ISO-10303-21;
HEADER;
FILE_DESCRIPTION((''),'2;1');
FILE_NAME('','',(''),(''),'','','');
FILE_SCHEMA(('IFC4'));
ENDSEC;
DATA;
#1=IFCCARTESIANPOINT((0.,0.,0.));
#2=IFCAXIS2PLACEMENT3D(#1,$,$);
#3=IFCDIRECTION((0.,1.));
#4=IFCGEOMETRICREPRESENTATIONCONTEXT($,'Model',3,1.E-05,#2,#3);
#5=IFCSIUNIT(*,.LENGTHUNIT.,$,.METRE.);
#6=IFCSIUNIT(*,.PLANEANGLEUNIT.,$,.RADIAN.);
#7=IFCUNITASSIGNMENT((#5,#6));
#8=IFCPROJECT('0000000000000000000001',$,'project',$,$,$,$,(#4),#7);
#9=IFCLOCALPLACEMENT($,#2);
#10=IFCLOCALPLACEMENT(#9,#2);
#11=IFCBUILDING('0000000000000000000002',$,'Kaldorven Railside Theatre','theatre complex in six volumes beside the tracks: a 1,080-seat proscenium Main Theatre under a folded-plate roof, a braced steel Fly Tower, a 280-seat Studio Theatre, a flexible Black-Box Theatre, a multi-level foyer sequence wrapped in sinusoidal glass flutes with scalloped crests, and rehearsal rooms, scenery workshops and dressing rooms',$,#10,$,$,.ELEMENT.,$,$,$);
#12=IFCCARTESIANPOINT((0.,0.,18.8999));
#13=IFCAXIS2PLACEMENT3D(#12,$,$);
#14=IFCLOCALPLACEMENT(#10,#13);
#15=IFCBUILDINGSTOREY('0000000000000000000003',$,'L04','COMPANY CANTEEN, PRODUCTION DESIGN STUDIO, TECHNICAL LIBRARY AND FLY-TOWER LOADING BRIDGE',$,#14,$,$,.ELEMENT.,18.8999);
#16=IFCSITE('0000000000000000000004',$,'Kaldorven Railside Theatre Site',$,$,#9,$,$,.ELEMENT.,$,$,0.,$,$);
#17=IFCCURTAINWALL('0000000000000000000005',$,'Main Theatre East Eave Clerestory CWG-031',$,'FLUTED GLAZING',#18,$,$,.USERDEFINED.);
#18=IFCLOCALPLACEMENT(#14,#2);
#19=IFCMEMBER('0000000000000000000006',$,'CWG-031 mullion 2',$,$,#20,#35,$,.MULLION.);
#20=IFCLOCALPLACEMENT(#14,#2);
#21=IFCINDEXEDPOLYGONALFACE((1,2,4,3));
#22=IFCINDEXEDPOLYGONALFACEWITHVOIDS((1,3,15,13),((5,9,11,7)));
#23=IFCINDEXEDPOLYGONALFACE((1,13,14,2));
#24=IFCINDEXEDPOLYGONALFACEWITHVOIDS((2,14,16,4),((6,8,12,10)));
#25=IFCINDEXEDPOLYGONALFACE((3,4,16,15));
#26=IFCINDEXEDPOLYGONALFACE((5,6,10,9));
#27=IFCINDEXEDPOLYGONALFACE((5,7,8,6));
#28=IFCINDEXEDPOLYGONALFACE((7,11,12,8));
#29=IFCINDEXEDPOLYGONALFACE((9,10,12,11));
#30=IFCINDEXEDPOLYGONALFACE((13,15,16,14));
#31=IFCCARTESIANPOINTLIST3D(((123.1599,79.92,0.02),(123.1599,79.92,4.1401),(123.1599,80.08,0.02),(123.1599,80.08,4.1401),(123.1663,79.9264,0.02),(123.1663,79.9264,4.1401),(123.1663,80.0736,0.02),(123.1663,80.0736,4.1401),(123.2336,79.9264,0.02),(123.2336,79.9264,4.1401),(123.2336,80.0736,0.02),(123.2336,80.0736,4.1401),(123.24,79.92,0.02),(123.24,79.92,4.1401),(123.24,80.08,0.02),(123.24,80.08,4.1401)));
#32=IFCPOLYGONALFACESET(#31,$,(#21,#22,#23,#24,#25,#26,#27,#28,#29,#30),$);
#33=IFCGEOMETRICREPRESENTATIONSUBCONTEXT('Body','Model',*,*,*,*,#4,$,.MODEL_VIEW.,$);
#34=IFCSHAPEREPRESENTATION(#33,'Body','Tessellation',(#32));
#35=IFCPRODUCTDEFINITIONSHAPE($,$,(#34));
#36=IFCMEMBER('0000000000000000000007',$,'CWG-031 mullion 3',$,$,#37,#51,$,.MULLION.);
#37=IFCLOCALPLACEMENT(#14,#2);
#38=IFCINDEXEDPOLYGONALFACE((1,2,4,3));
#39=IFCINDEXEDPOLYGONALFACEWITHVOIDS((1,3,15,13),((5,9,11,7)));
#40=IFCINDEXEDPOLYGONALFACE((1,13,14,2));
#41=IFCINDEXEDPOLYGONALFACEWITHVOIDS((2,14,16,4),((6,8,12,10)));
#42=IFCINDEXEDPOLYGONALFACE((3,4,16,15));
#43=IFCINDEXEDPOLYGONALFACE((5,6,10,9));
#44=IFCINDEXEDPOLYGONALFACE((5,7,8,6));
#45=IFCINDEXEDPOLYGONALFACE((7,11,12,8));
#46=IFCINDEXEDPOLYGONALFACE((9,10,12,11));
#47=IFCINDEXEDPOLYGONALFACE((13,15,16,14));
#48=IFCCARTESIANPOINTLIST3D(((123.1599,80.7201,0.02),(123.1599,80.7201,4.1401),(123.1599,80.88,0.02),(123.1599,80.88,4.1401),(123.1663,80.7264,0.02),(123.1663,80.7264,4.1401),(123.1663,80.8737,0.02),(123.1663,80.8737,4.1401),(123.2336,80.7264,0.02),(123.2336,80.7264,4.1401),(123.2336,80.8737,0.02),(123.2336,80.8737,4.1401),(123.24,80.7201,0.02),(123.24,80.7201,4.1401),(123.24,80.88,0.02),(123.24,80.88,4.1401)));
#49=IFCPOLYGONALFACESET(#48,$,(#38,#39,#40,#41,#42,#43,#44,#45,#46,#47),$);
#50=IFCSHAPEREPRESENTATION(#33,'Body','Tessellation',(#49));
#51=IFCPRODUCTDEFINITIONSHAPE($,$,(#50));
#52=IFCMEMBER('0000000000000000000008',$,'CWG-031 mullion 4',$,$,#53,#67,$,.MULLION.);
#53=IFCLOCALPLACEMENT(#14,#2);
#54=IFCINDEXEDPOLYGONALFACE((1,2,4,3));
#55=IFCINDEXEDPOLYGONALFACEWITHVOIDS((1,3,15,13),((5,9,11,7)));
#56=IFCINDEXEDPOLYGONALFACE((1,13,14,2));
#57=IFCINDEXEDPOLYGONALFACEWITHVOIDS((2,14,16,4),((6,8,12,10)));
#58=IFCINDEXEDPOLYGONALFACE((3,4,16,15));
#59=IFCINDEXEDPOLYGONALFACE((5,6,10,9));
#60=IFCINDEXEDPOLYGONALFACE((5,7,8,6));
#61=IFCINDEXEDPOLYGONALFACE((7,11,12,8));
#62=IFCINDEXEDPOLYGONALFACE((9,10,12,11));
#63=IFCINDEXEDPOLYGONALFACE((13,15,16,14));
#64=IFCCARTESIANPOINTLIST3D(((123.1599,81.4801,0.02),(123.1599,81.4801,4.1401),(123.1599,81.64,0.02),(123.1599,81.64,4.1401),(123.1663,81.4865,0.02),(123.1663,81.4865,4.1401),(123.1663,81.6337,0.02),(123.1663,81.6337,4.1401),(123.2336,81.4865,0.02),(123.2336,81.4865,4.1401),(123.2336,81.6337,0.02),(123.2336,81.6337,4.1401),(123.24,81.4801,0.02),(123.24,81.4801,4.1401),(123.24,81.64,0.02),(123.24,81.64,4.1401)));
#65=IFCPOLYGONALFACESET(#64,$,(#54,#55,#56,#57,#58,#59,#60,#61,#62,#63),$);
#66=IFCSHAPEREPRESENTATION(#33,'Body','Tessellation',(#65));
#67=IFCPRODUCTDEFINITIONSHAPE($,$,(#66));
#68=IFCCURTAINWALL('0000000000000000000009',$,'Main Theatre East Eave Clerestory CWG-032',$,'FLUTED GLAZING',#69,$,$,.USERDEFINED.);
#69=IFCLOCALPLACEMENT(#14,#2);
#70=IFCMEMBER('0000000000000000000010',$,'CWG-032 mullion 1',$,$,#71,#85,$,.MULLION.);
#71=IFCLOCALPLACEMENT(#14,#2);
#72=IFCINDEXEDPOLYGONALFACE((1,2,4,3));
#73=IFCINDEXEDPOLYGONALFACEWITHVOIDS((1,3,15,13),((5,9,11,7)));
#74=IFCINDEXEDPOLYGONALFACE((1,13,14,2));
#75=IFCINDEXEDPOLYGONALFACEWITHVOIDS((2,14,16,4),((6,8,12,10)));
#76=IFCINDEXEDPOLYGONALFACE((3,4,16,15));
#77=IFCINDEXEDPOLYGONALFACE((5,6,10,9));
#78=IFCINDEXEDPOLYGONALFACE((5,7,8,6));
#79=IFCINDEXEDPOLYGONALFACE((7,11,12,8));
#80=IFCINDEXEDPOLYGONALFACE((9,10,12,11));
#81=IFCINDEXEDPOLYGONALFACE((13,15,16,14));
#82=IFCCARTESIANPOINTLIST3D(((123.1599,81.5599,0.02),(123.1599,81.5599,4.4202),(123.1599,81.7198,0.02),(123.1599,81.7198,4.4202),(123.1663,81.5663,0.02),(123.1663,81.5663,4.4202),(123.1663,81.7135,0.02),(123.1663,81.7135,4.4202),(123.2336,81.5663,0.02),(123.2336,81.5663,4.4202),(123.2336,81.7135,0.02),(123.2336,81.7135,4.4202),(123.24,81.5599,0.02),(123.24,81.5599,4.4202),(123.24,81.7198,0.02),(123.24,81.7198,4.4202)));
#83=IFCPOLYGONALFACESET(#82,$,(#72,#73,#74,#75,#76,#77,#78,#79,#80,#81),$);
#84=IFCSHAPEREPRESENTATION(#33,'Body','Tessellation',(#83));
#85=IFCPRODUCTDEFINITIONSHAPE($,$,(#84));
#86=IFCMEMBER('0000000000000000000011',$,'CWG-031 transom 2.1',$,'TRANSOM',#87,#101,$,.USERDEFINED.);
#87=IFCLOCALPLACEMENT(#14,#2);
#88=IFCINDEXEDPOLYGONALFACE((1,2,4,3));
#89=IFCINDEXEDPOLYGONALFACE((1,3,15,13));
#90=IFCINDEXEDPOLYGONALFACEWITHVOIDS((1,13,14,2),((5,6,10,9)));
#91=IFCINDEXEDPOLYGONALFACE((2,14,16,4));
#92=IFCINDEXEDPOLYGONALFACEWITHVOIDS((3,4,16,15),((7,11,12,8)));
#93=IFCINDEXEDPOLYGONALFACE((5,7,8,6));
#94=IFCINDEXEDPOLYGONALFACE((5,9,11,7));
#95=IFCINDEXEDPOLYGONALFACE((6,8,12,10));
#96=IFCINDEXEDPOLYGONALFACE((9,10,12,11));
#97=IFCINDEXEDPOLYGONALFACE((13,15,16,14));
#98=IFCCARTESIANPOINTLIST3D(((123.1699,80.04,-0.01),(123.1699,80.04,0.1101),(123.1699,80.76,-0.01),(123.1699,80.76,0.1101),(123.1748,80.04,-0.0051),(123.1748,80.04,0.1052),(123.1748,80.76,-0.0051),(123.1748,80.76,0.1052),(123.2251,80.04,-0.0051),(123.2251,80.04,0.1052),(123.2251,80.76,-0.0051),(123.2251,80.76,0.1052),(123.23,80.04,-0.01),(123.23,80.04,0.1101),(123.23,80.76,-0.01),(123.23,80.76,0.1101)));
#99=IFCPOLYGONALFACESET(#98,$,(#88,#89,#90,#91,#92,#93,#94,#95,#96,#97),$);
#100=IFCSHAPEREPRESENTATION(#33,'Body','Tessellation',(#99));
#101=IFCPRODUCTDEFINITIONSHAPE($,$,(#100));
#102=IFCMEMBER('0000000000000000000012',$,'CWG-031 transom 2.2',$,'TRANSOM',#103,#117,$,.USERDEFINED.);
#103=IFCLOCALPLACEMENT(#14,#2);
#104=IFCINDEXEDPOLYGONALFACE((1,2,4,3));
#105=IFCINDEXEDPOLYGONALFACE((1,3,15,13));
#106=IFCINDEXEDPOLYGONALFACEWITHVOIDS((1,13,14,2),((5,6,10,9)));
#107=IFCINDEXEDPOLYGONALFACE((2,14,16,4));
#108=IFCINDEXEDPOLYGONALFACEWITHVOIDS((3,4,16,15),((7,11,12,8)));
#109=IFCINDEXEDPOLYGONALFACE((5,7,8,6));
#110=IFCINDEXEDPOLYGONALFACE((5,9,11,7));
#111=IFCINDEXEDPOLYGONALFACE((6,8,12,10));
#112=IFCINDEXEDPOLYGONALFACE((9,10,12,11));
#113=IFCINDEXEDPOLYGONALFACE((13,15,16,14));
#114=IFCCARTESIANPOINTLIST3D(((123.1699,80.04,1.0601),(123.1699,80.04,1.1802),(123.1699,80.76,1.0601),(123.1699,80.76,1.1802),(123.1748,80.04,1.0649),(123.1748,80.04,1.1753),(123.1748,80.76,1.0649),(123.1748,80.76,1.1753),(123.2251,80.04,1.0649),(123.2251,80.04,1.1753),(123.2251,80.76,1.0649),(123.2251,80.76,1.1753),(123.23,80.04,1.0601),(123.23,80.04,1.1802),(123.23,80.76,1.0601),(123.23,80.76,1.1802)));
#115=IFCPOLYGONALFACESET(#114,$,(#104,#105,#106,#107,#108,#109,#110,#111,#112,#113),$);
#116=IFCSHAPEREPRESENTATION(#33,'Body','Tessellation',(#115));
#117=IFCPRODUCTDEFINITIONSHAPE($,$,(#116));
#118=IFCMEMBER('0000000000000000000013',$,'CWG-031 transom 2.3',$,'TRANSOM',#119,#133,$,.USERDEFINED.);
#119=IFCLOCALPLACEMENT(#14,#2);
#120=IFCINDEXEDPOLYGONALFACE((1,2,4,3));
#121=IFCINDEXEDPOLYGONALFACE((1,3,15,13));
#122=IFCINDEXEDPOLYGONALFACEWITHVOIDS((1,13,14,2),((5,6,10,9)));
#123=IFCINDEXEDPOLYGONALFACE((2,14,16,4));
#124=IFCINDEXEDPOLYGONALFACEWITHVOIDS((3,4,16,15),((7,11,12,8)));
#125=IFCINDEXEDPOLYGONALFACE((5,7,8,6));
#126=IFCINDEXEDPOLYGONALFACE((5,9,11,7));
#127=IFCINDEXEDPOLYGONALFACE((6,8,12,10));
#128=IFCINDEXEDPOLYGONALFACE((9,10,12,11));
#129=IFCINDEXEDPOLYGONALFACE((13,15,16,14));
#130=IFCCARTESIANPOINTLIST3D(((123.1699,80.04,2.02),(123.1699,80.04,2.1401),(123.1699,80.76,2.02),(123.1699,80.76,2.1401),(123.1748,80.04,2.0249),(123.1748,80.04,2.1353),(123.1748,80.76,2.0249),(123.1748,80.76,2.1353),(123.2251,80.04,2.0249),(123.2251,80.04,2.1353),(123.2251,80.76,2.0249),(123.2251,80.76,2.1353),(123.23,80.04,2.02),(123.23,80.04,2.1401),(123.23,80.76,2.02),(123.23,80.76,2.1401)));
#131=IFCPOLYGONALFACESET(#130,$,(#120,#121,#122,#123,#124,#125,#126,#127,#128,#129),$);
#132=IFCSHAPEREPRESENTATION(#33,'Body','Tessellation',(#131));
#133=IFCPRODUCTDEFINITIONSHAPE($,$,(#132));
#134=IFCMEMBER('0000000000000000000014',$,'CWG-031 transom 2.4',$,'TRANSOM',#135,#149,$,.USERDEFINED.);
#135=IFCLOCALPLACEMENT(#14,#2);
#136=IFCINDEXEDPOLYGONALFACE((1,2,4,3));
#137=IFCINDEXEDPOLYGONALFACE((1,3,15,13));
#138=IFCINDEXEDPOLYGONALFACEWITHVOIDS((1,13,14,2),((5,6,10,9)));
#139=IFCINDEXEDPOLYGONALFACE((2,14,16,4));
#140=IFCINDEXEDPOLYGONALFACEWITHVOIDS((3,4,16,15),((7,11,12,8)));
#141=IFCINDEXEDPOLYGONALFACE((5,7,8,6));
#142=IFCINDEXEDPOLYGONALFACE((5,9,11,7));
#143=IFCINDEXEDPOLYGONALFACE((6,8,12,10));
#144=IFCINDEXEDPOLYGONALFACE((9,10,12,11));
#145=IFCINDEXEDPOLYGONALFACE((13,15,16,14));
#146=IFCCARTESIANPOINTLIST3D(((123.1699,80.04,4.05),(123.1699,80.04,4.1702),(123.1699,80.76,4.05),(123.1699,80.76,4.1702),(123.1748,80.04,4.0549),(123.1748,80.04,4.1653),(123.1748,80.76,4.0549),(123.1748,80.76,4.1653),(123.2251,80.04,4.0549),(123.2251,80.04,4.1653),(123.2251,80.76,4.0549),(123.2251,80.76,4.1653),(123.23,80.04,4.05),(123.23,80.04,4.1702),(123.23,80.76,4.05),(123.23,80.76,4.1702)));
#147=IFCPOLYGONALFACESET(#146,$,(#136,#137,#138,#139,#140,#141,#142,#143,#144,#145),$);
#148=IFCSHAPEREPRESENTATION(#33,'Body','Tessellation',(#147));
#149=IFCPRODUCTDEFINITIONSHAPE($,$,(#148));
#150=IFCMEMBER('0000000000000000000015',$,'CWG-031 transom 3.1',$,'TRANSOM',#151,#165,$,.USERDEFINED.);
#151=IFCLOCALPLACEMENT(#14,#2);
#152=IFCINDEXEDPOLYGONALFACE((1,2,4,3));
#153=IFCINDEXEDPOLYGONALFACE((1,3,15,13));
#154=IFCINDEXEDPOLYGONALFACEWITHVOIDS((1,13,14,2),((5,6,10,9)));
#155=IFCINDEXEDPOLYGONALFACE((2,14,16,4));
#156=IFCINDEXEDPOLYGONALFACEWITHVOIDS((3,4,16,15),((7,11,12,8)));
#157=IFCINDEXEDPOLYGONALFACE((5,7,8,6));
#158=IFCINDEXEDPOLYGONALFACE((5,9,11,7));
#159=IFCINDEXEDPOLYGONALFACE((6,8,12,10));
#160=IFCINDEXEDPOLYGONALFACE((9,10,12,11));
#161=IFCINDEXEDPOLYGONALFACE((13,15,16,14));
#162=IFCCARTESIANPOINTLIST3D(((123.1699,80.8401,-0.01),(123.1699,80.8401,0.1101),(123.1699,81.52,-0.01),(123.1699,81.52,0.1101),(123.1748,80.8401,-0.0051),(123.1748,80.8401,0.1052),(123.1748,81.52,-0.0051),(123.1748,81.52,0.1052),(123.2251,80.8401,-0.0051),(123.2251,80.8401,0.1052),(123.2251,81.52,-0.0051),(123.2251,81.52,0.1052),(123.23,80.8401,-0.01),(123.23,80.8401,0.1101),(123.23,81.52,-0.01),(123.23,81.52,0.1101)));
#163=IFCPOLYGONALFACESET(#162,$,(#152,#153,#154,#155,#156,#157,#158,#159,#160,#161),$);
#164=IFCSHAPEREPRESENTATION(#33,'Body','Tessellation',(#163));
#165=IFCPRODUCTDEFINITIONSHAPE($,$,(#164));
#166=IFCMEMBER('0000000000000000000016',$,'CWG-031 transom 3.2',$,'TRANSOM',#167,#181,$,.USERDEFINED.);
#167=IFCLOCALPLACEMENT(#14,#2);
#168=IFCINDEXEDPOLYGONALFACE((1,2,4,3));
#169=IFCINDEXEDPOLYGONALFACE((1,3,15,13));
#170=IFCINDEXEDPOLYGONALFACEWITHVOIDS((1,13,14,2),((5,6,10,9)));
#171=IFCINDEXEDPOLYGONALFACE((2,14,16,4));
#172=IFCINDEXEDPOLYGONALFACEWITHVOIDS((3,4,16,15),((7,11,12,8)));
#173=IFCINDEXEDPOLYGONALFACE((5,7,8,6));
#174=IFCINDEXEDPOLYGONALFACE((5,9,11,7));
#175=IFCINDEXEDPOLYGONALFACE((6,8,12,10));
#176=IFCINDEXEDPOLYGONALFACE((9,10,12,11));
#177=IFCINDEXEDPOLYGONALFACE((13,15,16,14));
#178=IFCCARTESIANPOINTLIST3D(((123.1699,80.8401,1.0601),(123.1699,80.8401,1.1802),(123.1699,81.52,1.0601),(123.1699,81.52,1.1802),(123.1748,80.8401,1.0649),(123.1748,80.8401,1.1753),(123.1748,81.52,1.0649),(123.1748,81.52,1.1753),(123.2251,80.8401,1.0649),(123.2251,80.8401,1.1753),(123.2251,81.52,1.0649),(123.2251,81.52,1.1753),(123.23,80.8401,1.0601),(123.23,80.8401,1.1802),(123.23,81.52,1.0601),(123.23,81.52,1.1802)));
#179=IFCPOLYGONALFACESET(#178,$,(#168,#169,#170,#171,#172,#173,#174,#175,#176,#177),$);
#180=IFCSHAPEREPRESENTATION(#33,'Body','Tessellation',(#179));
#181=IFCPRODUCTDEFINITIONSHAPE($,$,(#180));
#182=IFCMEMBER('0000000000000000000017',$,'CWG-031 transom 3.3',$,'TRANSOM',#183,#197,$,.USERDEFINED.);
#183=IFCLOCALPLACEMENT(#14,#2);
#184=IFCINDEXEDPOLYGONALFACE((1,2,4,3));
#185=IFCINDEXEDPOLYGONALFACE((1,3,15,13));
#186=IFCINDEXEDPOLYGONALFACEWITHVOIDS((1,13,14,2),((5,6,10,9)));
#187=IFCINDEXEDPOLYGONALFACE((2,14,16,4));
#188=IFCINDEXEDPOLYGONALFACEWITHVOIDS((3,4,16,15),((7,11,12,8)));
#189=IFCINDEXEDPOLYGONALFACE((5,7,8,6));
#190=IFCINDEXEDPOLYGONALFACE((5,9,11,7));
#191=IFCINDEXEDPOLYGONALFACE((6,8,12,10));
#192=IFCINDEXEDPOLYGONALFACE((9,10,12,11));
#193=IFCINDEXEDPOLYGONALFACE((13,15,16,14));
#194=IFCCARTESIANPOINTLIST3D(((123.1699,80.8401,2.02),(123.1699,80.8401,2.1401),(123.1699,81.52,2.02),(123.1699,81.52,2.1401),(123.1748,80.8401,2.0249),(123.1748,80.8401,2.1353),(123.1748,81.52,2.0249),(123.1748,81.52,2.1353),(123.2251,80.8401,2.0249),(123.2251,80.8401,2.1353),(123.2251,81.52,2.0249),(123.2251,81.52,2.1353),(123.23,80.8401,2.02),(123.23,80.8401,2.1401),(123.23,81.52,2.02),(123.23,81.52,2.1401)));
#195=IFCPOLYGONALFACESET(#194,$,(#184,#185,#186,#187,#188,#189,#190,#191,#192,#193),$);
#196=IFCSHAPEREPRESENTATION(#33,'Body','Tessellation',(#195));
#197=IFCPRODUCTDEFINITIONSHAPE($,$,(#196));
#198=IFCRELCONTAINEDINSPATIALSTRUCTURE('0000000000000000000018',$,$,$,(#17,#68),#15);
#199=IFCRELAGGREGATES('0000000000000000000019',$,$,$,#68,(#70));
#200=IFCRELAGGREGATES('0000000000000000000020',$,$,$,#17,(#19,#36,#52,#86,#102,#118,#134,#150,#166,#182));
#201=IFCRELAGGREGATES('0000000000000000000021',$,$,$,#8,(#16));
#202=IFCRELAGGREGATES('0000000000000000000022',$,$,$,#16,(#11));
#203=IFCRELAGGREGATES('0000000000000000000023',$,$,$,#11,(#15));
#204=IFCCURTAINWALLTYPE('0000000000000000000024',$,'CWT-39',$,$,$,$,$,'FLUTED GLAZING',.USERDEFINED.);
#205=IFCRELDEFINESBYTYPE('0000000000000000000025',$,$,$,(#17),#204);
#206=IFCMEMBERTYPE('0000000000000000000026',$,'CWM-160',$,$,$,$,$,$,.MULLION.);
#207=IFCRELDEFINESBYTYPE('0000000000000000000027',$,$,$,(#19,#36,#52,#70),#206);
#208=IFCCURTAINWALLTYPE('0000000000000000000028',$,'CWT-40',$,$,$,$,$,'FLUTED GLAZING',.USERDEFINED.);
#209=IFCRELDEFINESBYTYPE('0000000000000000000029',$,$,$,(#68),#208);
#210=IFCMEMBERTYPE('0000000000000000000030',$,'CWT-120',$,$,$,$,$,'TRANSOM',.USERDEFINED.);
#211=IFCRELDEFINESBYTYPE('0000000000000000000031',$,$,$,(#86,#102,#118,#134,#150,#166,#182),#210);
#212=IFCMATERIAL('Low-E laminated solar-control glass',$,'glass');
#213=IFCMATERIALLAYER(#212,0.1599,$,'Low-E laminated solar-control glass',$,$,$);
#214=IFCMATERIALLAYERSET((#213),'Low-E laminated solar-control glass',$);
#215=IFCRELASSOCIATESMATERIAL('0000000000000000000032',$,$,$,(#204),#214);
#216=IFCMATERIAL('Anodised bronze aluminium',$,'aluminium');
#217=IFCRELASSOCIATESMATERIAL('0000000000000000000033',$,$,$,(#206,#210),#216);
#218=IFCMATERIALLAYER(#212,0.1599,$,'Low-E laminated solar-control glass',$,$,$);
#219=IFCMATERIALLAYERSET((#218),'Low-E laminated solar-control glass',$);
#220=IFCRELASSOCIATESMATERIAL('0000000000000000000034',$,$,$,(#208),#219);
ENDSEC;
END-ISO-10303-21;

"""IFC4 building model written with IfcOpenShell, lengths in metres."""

from ifc_helpers import new_model, si_unit, direction, frame, origin, origin_2d, place, context, subcontext, project, spatial, hollow_rectangle, extrude, material, layer, layer_set, material_profile, profile_set, type_object, element, aggregate, save


model = new_model("IFC4")

# Units and contexts
model_context = context("Model", 3, precision=1e-05, world=origin(), true_north=direction((0.0, 1.0)))
body_context = subcontext(model_context, "Body", "Model", "MODEL_VIEW")
ifc_project = project(units=[si_unit("LENGTHUNIT", "METRE"), si_unit("PLANEANGLEUNIT", "RADIAN")], contexts=[model_context])

# Site, building, storey
site_placement = place(None, origin())
site = spatial("IfcSite", under=ifc_project, at=site_placement, Name="Kaldorven Railside Theatre Site", CompositionType="ELEMENT", RefElevation=0.0)
building_placement = place(site_placement, origin())
building = spatial("IfcBuilding", under=site, at=building_placement, Name="Kaldorven Railside Theatre", Description="theatre complex in six volumes beside the tracks: a 1,080-seat proscenium Main Theatre under a folded-plate roof, a braced steel Fly Tower, a 280-seat Studio Theatre, a flexible Black-Box Theatre, a multi-level foyer sequence wrapped in sinusoidal glass flutes with scalloped crests, and rehearsal rooms, scenery workshops and dressing rooms", CompositionType="ELEMENT")
storey_placement = place(building_placement, frame((0.0, 0.0, 18.8999)))
storey = spatial("IfcBuildingStorey", under=building, at=storey_placement, Name="L04", Description="COMPANY CANTEEN, PRODUCTION DESIGN STUDIO, TECHNICAL LIBRARY AND FLY-TOWER LOADING BRIDGE", CompositionType="ELEMENT", Elevation=18.8999)

# Curtain wall, members
ifc_material_1 = material(Name="Low-E laminated solar-control glass", Category="glass")
ifc_layer_1 = layer(ifc_material_1, 0.1599, Name="Low-E laminated solar-control glass")
ifc_layer_set_1 = layer_set([ifc_layer_1], Name="Low-E laminated solar-control glass")
curtain_wall_type_1 = type_object("IfcCurtainWallType", Name="CWT-39", ElementType="FLUTED GLAZING", PredefinedType="USERDEFINED", material=ifc_layer_set_1)
curtain_wall_1_placement = place(storey_placement, origin())
curtain_wall_1 = element("IfcCurtainWall", 1, at=curtain_wall_1_placement, inside=storey, type_object=curtain_wall_type_1, Name="Main Theatre East Eave Clerestory CWG-031", ObjectType="FLUTED GLAZING", PredefinedType="USERDEFINED")
ifc_material_2 = material(Name="Anodised bronze aluminium", Category="aluminium")
ifc_material_profile_1 = material_profile(ifc_material_2, hollow_rectangle(XDim=0.0801, YDim=0.1599, WallThickness=0.0063, at=origin_2d()), Name="RHS 160x80x6.3")
ifc_profile_set_1 = profile_set([ifc_material_profile_1], Name="Anodised bronze aluminium")
member_type_1 = type_object("IfcMemberType", Name="CWM-160", PredefinedType="MULLION", material=ifc_profile_set_1)
member_1_placement = place(storey_placement, frame((123.2, 80.0, 0.02), z_axis=(0.0, 0.0, 1.0), x_axis=(-1.0, 0.0, 0.0)))
member_1 = element("IfcMember", 2, at=member_1_placement, type_object=member_type_1, Name="CWG-031 mullion 2", PredefinedType="MULLION", context=body_context, shape_type="SweptSolid", body=[
    extrude(hollow_rectangle(XDim=0.0801, YDim=0.1599, WallThickness=0.0063, at=origin_2d()), origin(), (0.0, 0.0, 1.0), 4.1201),
])
member_2_placement = place(storey_placement, frame((123.2, 80.8, 0.02), z_axis=(0.0, 0.0, 1.0), x_axis=(-1.0, 0.0, 0.0)))
member_2 = element("IfcMember", 3, at=member_2_placement, type_object=member_type_1, Name="CWG-031 mullion 3", PredefinedType="MULLION", context=body_context, shape_type="SweptSolid", body=[
    extrude(hollow_rectangle(XDim=0.0801, YDim=0.1599, WallThickness=0.0063, at=origin_2d()), origin(), (0.0, 0.0, 1.0), 4.1201),
])
member_3_placement = place(storey_placement, frame((123.2, 81.5601, 0.02), z_axis=(0.0, 0.0, 1.0), x_axis=(-1.0, 0.0, 0.0)))
member_3 = element("IfcMember", 4, at=member_3_placement, type_object=member_type_1, Name="CWG-031 mullion 4", PredefinedType="MULLION", context=body_context, shape_type="SweptSolid", body=[
    extrude(hollow_rectangle(XDim=0.0801, YDim=0.1599, WallThickness=0.0063, at=origin_2d()), origin(), (0.0, 0.0, 1.0), 4.1201),
])

# Curtain wall, member
ifc_layer_2 = layer(ifc_material_1, 0.1599, Name="Low-E laminated solar-control glass")
ifc_layer_set_2 = layer_set([ifc_layer_2], Name="Low-E laminated solar-control glass")
curtain_wall_type_2 = type_object("IfcCurtainWallType", Name="CWT-40", ElementType="FLUTED GLAZING", PredefinedType="USERDEFINED", material=ifc_layer_set_2)
curtain_wall_2_placement = place(storey_placement, origin())
curtain_wall_2 = element("IfcCurtainWall", 5, at=curtain_wall_2_placement, inside=storey, type_object=curtain_wall_type_2, Name="Main Theatre East Eave Clerestory CWG-032", ObjectType="FLUTED GLAZING", PredefinedType="USERDEFINED")
member_4_placement = place(storey_placement, frame((123.2, 81.6399, 0.02), z_axis=(0.0, 0.0, 1.0), x_axis=(-1.0, 0.0, 0.0)))
member_4 = element("IfcMember", 6, at=member_4_placement, type_object=member_type_1, Name="CWG-032 mullion 1", PredefinedType="MULLION", context=body_context, shape_type="SweptSolid", body=[
    extrude(hollow_rectangle(XDim=0.0801, YDim=0.1599, WallThickness=0.0063, at=origin_2d()), origin(), (0.0, 0.0, 1.0), 4.4001),
])

# Members
ifc_material_profile_2 = material_profile(ifc_material_2, hollow_rectangle(XDim=0.0601, YDim=0.1201, WallThickness=0.0049, at=origin_2d()), Name="RHS 120x60x5")
ifc_profile_set_2 = profile_set([ifc_material_profile_2], Name="Anodised bronze aluminium")
member_type_2 = type_object("IfcMemberType", Name="CWT-120", ElementType="TRANSOM", PredefinedType="USERDEFINED", material=ifc_profile_set_2)
member_5_placement = place(storey_placement, frame((123.2, 80.04, 0.05), z_axis=(0.0, 1.0, 0.0), x_axis=(-1.0, 0.0, 0.0)))
member_5 = element("IfcMember", 7, at=member_5_placement, type_object=member_type_2, Name="CWG-031 transom 2.1", ObjectType="TRANSOM", PredefinedType="USERDEFINED", context=body_context, shape_type="SweptSolid", body=[
    extrude(hollow_rectangle(XDim=0.0601, YDim=0.1201, WallThickness=0.0049, at=origin_2d()), origin(), (0.0, 0.0, 1.0), 0.72),
])
member_6_placement = place(storey_placement, frame((123.2, 80.04, 1.1201), z_axis=(0.0, 1.0, 0.0), x_axis=(-1.0, 0.0, 0.0)))
member_6 = element("IfcMember", 8, at=member_6_placement, type_object=member_type_2, Name="CWG-031 transom 2.2", ObjectType="TRANSOM", PredefinedType="USERDEFINED", context=body_context, shape_type="SweptSolid", body=[
    extrude(hollow_rectangle(XDim=0.0601, YDim=0.1201, WallThickness=0.0049, at=origin_2d()), origin(), (0.0, 0.0, 1.0), 0.72),
])
member_7_placement = place(storey_placement, frame((123.2, 80.04, 2.0801), z_axis=(0.0, 1.0, 0.0), x_axis=(-1.0, 0.0, 0.0)))
member_7 = element("IfcMember", 9, at=member_7_placement, type_object=member_type_2, Name="CWG-031 transom 2.3", ObjectType="TRANSOM", PredefinedType="USERDEFINED", context=body_context, shape_type="SweptSolid", body=[
    extrude(hollow_rectangle(XDim=0.0601, YDim=0.1201, WallThickness=0.0049, at=origin_2d()), origin(), (0.0, 0.0, 1.0), 0.72),
])
member_8_placement = place(storey_placement, frame((123.2, 80.04, 4.1101), z_axis=(0.0, 1.0, 0.0), x_axis=(-1.0, 0.0, 0.0)))
member_8 = element("IfcMember", 10, at=member_8_placement, type_object=member_type_2, Name="CWG-031 transom 2.4", ObjectType="TRANSOM", PredefinedType="USERDEFINED", context=body_context, shape_type="SweptSolid", body=[
    extrude(hollow_rectangle(XDim=0.0601, YDim=0.1201, WallThickness=0.0049, at=origin_2d()), origin(), (0.0, 0.0, 1.0), 0.72),
])
member_9_placement = place(storey_placement, frame((123.2, 80.8401, 0.05), z_axis=(0.0, 1.0, 0.0), x_axis=(-1.0, 0.0, 0.0)))
member_9 = element("IfcMember", 11, at=member_9_placement, type_object=member_type_2, Name="CWG-031 transom 3.1", ObjectType="TRANSOM", PredefinedType="USERDEFINED", context=body_context, shape_type="SweptSolid", body=[
    extrude(hollow_rectangle(XDim=0.0601, YDim=0.1201, WallThickness=0.0049, at=origin_2d()), origin(), (0.0, 0.0, 1.0), 0.6799),
])
member_10_placement = place(storey_placement, frame((123.2, 80.8401, 1.1201), z_axis=(0.0, 1.0, 0.0), x_axis=(-1.0, 0.0, 0.0)))
member_10 = element("IfcMember", 12, at=member_10_placement, type_object=member_type_2, Name="CWG-031 transom 3.2", ObjectType="TRANSOM", PredefinedType="USERDEFINED", context=body_context, shape_type="SweptSolid", body=[
    extrude(hollow_rectangle(XDim=0.0601, YDim=0.1201, WallThickness=0.0049, at=origin_2d()), origin(), (0.0, 0.0, 1.0), 0.6799),
])
member_11_placement = place(storey_placement, frame((123.2, 80.8401, 2.0801), z_axis=(0.0, 1.0, 0.0), x_axis=(-1.0, 0.0, 0.0)))
member_11 = element("IfcMember", 13, at=member_11_placement, type_object=member_type_2, Name="CWG-031 transom 3.3", ObjectType="TRANSOM", PredefinedType="USERDEFINED", context=body_context, shape_type="SweptSolid", body=[
    extrude(hollow_rectangle(XDim=0.0601, YDim=0.1201, WallThickness=0.0049, at=origin_2d()), origin(), (0.0, 0.0, 1.0), 0.6799),
])
aggregate(curtain_wall_2, [member_4])

aggregate(curtain_wall_1, [member_1, member_2, member_3, member_5, member_6, member_7, member_8, member_9, member_10, member_11])

save(model, "model.ifc")
